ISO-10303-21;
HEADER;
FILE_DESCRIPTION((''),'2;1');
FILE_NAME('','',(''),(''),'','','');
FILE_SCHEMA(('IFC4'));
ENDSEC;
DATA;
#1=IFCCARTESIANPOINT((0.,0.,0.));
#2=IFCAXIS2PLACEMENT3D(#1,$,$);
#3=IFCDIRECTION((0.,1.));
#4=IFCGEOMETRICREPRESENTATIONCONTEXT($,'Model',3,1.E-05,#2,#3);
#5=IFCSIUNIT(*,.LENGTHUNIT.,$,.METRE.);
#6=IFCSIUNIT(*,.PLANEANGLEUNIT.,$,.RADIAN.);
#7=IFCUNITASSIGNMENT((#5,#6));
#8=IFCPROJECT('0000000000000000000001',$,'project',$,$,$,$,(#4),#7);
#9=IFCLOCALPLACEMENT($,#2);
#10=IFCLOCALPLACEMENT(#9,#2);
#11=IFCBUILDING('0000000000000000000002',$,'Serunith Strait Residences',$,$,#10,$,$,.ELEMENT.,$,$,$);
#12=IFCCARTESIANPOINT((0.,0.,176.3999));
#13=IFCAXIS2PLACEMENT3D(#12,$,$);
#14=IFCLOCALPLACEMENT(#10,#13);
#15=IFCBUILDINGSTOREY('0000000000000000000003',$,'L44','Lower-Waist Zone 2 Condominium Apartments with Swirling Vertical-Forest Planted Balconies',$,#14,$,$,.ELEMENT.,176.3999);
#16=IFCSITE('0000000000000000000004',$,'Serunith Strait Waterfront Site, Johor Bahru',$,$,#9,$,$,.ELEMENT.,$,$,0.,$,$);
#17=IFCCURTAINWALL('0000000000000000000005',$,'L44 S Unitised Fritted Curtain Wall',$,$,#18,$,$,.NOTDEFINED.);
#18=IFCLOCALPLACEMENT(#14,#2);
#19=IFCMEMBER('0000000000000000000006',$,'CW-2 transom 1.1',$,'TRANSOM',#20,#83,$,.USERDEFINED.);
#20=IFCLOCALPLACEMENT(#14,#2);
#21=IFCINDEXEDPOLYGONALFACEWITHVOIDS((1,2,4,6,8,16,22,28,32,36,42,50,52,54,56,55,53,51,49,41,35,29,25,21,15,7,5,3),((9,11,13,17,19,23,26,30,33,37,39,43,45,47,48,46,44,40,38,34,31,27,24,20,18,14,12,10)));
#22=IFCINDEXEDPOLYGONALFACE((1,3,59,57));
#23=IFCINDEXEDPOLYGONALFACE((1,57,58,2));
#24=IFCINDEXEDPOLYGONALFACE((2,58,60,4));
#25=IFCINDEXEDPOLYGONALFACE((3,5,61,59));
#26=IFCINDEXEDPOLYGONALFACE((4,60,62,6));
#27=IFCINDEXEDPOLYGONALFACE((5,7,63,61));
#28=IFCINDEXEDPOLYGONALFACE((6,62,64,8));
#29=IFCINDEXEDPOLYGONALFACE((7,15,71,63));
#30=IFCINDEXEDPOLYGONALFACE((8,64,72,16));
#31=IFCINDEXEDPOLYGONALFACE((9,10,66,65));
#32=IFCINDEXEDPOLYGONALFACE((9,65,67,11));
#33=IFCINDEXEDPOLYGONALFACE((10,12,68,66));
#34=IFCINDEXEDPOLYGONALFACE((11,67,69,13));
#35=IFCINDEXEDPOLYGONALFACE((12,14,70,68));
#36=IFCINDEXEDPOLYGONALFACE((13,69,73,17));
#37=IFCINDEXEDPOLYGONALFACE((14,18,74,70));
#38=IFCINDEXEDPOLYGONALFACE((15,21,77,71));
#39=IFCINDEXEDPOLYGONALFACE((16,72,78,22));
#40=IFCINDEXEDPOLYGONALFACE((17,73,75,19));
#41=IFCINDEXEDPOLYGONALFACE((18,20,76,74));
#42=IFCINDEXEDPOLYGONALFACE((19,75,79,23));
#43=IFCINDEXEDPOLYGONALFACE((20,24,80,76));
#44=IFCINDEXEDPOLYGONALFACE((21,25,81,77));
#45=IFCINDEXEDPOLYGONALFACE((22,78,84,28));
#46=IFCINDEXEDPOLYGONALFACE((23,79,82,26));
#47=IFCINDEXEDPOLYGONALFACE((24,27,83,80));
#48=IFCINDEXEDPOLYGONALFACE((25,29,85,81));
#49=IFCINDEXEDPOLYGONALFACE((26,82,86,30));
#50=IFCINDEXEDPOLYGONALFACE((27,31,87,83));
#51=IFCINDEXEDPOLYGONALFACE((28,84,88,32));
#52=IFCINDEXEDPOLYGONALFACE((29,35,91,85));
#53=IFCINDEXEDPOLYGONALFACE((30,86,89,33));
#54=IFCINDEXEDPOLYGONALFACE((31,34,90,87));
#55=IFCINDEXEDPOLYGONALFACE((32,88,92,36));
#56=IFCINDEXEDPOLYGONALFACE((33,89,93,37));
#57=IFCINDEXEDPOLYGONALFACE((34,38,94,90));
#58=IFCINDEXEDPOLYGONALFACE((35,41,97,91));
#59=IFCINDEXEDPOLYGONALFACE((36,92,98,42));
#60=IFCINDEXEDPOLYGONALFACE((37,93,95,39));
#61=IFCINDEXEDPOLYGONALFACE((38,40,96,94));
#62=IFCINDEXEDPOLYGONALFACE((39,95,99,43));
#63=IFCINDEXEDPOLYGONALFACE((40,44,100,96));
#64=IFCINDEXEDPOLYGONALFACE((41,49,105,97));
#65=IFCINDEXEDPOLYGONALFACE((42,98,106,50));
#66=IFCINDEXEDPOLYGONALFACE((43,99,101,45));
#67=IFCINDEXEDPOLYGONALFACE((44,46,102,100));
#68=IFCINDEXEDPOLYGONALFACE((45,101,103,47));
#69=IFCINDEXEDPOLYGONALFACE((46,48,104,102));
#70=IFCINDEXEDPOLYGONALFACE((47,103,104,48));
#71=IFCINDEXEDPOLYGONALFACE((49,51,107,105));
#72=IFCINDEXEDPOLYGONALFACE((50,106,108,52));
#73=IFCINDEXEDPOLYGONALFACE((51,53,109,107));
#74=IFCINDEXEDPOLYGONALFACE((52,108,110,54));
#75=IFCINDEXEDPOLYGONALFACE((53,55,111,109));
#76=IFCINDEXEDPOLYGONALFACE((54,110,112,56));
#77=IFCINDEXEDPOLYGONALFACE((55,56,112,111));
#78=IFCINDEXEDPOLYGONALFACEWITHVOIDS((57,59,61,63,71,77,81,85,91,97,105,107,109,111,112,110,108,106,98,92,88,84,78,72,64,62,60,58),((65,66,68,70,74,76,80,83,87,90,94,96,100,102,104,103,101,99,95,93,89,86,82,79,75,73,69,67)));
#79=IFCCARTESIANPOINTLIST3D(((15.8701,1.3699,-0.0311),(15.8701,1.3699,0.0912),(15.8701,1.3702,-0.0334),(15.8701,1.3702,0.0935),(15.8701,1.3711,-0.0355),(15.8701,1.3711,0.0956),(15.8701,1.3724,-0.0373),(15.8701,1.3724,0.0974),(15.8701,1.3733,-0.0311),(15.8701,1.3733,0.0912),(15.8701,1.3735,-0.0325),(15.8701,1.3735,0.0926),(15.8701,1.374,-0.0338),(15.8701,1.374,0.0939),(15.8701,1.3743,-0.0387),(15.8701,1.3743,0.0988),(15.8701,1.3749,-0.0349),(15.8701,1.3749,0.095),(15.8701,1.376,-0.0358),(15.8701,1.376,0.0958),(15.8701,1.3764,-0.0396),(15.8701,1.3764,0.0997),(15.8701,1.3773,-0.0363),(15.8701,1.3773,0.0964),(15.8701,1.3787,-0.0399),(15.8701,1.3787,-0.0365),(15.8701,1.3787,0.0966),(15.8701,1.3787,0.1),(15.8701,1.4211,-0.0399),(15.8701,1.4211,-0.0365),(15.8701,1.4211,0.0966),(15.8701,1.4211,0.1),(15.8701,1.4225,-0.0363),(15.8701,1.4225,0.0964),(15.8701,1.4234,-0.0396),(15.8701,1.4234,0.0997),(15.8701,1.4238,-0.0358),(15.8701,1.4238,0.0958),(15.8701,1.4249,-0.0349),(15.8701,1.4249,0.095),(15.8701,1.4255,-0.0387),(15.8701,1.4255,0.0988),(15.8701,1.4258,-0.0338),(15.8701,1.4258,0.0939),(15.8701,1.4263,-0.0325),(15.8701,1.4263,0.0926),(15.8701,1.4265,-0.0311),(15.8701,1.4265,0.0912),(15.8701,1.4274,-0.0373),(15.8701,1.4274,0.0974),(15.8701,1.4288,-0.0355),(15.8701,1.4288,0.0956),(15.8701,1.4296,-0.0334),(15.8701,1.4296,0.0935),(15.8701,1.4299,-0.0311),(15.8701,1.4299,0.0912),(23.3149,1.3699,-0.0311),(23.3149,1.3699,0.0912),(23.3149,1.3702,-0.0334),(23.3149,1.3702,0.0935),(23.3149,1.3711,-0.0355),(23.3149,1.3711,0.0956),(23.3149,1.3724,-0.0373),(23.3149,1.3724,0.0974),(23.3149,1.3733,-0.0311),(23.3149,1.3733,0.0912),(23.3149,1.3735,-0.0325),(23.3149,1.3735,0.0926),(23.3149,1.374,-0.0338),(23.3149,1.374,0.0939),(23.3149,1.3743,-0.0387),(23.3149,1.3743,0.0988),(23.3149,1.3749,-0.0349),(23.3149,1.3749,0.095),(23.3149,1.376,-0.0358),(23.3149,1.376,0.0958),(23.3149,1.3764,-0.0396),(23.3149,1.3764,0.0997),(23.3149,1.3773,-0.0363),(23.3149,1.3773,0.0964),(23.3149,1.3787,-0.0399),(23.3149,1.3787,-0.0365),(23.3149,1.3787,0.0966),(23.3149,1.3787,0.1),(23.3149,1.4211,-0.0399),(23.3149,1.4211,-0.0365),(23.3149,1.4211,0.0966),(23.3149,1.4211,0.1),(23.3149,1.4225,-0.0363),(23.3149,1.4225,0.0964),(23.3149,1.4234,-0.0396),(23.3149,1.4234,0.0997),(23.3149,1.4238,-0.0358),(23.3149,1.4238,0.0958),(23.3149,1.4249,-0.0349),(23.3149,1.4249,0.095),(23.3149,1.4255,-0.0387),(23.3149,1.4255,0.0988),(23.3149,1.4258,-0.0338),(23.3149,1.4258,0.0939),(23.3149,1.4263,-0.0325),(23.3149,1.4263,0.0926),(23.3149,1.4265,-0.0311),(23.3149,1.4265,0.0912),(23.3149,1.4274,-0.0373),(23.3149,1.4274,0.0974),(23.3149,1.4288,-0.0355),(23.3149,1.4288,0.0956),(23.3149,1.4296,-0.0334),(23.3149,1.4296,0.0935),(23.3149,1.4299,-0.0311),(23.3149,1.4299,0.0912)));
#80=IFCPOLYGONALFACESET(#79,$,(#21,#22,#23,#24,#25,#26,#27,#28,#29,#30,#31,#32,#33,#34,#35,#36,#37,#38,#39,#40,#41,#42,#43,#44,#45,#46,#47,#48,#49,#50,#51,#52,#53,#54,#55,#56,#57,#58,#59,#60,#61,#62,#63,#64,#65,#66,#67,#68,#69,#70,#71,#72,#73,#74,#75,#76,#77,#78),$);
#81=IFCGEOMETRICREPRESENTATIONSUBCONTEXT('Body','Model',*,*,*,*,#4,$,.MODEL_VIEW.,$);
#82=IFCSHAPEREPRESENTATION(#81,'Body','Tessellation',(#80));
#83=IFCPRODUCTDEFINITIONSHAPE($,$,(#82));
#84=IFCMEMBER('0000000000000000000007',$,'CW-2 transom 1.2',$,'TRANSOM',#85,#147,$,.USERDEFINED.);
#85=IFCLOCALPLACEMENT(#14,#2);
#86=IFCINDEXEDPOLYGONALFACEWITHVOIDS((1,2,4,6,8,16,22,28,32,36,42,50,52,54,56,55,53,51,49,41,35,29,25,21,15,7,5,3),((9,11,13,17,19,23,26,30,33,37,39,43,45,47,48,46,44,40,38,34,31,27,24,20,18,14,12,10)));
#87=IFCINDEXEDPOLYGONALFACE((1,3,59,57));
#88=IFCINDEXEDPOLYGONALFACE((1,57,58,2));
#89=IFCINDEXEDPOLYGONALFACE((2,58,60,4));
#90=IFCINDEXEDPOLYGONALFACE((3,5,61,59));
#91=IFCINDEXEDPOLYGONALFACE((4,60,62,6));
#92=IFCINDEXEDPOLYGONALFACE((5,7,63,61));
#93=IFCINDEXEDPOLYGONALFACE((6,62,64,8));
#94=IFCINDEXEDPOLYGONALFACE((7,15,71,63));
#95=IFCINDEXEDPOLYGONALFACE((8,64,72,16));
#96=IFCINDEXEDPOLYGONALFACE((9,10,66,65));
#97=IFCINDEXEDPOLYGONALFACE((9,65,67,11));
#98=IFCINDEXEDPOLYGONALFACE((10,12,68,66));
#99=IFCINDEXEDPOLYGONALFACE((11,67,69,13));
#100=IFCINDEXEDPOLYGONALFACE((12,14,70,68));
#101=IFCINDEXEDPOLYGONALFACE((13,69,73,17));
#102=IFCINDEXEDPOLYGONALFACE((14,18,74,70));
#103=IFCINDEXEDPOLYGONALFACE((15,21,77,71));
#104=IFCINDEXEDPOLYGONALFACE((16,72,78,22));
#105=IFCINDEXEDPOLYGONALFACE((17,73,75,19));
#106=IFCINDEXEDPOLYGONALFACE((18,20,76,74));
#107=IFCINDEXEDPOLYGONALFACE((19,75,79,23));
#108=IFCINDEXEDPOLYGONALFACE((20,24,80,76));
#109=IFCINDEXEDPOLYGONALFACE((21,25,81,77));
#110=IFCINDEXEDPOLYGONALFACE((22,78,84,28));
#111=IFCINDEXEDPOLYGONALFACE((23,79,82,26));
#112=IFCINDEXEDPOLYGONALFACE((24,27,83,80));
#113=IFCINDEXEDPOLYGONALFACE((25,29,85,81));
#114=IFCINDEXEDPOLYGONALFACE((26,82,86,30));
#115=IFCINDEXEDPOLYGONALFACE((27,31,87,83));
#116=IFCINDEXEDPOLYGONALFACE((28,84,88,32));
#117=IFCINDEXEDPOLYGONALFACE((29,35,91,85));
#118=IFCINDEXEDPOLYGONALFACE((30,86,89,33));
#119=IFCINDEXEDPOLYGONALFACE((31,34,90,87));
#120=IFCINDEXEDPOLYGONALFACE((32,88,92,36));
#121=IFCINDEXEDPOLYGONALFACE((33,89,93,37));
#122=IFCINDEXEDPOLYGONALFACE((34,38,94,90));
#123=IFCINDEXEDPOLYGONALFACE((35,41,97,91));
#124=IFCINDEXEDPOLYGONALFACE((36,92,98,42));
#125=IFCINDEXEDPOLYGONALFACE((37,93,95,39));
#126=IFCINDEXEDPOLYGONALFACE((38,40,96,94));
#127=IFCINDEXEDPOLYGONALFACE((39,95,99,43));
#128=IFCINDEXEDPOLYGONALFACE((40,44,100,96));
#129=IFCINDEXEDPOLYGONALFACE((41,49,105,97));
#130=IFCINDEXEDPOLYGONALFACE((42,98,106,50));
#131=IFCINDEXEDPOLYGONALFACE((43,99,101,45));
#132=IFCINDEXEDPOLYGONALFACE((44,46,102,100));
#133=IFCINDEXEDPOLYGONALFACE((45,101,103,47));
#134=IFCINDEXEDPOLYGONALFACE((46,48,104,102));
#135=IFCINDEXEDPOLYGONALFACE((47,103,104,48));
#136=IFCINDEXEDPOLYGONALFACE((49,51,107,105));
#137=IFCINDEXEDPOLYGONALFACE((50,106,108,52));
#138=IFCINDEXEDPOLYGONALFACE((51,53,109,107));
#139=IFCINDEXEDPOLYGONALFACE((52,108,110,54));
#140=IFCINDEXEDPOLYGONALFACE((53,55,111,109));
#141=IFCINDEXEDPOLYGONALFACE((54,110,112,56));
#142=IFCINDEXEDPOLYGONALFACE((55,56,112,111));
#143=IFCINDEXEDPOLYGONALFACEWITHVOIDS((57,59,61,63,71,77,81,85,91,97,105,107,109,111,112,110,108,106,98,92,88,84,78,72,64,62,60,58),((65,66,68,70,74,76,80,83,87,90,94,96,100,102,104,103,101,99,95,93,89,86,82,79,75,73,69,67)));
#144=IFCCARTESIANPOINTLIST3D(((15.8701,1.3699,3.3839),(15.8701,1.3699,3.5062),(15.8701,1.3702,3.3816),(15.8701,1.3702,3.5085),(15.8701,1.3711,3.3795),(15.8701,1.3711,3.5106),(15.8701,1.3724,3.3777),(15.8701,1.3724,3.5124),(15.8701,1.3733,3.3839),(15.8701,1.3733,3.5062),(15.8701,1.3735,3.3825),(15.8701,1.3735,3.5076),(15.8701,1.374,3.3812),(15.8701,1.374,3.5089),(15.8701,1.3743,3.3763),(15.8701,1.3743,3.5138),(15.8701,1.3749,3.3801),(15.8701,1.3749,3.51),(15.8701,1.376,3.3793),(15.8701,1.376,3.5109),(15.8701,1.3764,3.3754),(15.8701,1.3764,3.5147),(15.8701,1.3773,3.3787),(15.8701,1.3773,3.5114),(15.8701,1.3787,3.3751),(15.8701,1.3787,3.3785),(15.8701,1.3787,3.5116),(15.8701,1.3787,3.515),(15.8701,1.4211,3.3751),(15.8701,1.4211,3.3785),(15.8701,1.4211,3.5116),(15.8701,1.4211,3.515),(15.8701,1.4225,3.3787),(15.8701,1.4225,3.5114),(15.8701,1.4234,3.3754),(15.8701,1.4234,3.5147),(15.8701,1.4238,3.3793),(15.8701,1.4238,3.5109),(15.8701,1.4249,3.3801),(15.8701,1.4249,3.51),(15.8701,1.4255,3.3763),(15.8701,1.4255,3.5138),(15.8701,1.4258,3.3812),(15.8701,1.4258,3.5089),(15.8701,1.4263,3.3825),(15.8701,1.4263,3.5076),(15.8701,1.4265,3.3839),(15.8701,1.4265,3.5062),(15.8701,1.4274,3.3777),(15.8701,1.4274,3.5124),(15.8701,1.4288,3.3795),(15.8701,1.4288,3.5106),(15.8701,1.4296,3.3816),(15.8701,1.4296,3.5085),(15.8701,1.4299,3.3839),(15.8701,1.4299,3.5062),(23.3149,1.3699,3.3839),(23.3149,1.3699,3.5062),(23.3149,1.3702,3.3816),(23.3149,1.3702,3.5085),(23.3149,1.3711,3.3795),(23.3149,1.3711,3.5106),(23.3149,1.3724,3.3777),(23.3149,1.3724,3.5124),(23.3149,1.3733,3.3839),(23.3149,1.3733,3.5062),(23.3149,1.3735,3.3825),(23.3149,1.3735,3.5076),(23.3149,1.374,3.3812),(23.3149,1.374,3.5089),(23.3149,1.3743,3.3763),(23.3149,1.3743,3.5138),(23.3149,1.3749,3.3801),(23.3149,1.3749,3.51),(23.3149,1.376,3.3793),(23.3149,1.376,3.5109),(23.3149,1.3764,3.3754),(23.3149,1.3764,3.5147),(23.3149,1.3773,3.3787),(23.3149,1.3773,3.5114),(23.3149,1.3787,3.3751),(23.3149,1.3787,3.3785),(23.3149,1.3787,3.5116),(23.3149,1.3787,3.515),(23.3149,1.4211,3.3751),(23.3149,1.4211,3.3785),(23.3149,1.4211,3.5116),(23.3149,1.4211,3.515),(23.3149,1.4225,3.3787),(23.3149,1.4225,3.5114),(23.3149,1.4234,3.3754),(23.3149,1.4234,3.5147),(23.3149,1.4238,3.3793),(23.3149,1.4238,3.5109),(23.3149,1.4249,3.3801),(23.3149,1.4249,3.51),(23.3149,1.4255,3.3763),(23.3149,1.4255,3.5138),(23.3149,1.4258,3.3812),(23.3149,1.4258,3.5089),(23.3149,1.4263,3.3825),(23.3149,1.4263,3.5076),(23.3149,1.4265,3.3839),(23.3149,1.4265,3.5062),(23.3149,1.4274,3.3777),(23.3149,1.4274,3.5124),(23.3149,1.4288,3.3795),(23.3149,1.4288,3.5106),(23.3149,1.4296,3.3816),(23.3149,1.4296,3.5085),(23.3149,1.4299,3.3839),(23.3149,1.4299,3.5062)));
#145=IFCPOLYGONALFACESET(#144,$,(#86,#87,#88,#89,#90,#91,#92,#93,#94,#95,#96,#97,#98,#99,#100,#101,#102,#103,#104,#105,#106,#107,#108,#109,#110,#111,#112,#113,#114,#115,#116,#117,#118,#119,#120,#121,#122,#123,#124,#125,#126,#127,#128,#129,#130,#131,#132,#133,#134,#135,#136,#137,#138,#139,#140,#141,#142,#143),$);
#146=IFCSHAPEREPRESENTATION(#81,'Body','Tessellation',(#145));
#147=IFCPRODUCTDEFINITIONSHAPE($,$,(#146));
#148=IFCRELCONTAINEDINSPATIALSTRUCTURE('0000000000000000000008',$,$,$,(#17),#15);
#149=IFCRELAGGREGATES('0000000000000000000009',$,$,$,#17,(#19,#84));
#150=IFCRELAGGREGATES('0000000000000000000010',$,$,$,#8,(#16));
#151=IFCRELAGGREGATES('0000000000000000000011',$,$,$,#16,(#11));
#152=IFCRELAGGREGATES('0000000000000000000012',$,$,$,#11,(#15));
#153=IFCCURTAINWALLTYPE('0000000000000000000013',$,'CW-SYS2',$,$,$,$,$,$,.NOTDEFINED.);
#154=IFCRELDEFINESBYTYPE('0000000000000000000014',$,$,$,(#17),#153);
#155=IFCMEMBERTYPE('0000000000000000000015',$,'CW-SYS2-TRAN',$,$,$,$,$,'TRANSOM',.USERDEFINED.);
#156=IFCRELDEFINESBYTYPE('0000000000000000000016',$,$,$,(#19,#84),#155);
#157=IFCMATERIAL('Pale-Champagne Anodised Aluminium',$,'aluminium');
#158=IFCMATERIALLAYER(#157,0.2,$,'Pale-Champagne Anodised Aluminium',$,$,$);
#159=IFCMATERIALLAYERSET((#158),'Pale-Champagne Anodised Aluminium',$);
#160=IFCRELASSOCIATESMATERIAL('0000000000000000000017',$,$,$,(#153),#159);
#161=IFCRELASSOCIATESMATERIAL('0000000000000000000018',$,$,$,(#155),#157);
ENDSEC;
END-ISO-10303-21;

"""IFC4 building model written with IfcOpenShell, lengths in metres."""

from ifc_helpers import new_model, si_unit, direction, frame, origin, origin_2d, place, context, subcontext, project, spatial, hollow_rectangle, extrude, source, transform, mapped, material, layer, layer_set, material_profile, profile_set, type_object, element, aggregate, save


model = new_model("IFC4")

# Units and contexts
model_context = context("Model", 3, precision=1e-05, world=origin(), true_north=direction((0.0, 1.0)))
body_context = subcontext(model_context, "Body", "Model", "MODEL_VIEW")
ifc_project = project(units=[si_unit("LENGTHUNIT", "METRE"), si_unit("PLANEANGLEUNIT", "RADIAN")], contexts=[model_context])

# Site, building, storey
site_placement = place(None, origin())
site = spatial("IfcSite", under=ifc_project, at=site_placement, Name="Serunith Strait Waterfront Site, Johor Bahru", CompositionType="ELEMENT", RefElevation=0.0)
building_placement = place(site_placement, origin())
building = spatial("IfcBuilding", under=site, at=building_placement, Name="Serunith Strait Residences", CompositionType="ELEMENT")
storey_placement = place(building_placement, frame((0.0, 0.0, 176.3999)))
storey = spatial("IfcBuildingStorey", under=building, at=storey_placement, Name="L44", Description="Lower-Waist Zone 2 Condominium Apartments with Swirling Vertical-Forest Planted Balconies", CompositionType="ELEMENT", Elevation=176.3999)

# Curtain wall
ifc_material_1 = material(Name="Pale-Champagne Anodised Aluminium", Category="aluminium")
ifc_layer_1 = layer(ifc_material_1, 0.2, Name="Pale-Champagne Anodised Aluminium")
ifc_layer_set_1 = layer_set([ifc_layer_1], Name="Pale-Champagne Anodised Aluminium")
curtain_wall_type = type_object("IfcCurtainWallType", Name="CW-SYS2", PredefinedType="NOTDEFINED", material=ifc_layer_set_1)
curtain_wall_1_placement = place(storey_placement, origin())
curtain_wall_1 = element("IfcCurtainWall", 1, at=curtain_wall_1_placement, inside=storey, type_object=curtain_wall_type, Name="L44 S Unitised Fritted Curtain Wall", PredefinedType="NOTDEFINED")

# Members
ifc_material_profile_1 = material_profile(ifc_material_1, hollow_rectangle(XDim=0.0601, YDim=0.1399, WallThickness=0.0034, InnerFilletRadius=0.0054, OuterFilletRadius=0.0088, at=origin_2d()), Name="ALU 140x60x3.5")
ifc_profile_set_1 = profile_set([ifc_material_profile_1], Name="Pale-Champagne Anodised Aluminium")
member_type_1 = type_object("IfcMemberType", Name="CW-SYS2-TRAN", ElementType="TRANSOM", PredefinedType="USERDEFINED", material=ifc_profile_set_1)
shared_shape_1 = source(origin(), body_context, "Body", "SweptSolid", [
    extrude(hollow_rectangle(XDim=0.0601, YDim=0.1399, WallThickness=0.0034, InnerFilletRadius=0.0054, OuterFilletRadius=0.0088, at=origin_2d()), origin(), (0.0, 0.0, 1.0), 7.4448),
])
member_1_placement = place(storey_placement, frame((15.8701, 1.3999, 0.03), z_axis=(1.0, 0.0, 0.0), x_axis=(0.0, 1.0, 0.0)))
member_1 = element("IfcMember", 2, at=member_1_placement, type_object=member_type_1, Name="CW-2 transom 1.1", ObjectType="TRANSOM", PredefinedType="USERDEFINED", context=body_context, shape_type="MappedRepresentation", body=[
    mapped(shared_shape_1, transform((0.0, 0.0, 0.0), scale=1.0)),
])
member_2_placement = place(storey_placement, frame((15.8701, 1.3999, 3.4451), z_axis=(1.0, 0.0, 0.0), x_axis=(0.0, 1.0, 0.0)))
member_2 = element("IfcMember", 3, at=member_2_placement, type_object=member_type_1, Name="CW-2 transom 1.2", ObjectType="TRANSOM", PredefinedType="USERDEFINED", context=body_context, shape_type="MappedRepresentation", body=[
    mapped(shared_shape_1, transform((0.0, 0.0, 0.0), scale=1.0)),
])
aggregate(curtain_wall_1, [member_1, member_2])

save(model, "model.ifc")
